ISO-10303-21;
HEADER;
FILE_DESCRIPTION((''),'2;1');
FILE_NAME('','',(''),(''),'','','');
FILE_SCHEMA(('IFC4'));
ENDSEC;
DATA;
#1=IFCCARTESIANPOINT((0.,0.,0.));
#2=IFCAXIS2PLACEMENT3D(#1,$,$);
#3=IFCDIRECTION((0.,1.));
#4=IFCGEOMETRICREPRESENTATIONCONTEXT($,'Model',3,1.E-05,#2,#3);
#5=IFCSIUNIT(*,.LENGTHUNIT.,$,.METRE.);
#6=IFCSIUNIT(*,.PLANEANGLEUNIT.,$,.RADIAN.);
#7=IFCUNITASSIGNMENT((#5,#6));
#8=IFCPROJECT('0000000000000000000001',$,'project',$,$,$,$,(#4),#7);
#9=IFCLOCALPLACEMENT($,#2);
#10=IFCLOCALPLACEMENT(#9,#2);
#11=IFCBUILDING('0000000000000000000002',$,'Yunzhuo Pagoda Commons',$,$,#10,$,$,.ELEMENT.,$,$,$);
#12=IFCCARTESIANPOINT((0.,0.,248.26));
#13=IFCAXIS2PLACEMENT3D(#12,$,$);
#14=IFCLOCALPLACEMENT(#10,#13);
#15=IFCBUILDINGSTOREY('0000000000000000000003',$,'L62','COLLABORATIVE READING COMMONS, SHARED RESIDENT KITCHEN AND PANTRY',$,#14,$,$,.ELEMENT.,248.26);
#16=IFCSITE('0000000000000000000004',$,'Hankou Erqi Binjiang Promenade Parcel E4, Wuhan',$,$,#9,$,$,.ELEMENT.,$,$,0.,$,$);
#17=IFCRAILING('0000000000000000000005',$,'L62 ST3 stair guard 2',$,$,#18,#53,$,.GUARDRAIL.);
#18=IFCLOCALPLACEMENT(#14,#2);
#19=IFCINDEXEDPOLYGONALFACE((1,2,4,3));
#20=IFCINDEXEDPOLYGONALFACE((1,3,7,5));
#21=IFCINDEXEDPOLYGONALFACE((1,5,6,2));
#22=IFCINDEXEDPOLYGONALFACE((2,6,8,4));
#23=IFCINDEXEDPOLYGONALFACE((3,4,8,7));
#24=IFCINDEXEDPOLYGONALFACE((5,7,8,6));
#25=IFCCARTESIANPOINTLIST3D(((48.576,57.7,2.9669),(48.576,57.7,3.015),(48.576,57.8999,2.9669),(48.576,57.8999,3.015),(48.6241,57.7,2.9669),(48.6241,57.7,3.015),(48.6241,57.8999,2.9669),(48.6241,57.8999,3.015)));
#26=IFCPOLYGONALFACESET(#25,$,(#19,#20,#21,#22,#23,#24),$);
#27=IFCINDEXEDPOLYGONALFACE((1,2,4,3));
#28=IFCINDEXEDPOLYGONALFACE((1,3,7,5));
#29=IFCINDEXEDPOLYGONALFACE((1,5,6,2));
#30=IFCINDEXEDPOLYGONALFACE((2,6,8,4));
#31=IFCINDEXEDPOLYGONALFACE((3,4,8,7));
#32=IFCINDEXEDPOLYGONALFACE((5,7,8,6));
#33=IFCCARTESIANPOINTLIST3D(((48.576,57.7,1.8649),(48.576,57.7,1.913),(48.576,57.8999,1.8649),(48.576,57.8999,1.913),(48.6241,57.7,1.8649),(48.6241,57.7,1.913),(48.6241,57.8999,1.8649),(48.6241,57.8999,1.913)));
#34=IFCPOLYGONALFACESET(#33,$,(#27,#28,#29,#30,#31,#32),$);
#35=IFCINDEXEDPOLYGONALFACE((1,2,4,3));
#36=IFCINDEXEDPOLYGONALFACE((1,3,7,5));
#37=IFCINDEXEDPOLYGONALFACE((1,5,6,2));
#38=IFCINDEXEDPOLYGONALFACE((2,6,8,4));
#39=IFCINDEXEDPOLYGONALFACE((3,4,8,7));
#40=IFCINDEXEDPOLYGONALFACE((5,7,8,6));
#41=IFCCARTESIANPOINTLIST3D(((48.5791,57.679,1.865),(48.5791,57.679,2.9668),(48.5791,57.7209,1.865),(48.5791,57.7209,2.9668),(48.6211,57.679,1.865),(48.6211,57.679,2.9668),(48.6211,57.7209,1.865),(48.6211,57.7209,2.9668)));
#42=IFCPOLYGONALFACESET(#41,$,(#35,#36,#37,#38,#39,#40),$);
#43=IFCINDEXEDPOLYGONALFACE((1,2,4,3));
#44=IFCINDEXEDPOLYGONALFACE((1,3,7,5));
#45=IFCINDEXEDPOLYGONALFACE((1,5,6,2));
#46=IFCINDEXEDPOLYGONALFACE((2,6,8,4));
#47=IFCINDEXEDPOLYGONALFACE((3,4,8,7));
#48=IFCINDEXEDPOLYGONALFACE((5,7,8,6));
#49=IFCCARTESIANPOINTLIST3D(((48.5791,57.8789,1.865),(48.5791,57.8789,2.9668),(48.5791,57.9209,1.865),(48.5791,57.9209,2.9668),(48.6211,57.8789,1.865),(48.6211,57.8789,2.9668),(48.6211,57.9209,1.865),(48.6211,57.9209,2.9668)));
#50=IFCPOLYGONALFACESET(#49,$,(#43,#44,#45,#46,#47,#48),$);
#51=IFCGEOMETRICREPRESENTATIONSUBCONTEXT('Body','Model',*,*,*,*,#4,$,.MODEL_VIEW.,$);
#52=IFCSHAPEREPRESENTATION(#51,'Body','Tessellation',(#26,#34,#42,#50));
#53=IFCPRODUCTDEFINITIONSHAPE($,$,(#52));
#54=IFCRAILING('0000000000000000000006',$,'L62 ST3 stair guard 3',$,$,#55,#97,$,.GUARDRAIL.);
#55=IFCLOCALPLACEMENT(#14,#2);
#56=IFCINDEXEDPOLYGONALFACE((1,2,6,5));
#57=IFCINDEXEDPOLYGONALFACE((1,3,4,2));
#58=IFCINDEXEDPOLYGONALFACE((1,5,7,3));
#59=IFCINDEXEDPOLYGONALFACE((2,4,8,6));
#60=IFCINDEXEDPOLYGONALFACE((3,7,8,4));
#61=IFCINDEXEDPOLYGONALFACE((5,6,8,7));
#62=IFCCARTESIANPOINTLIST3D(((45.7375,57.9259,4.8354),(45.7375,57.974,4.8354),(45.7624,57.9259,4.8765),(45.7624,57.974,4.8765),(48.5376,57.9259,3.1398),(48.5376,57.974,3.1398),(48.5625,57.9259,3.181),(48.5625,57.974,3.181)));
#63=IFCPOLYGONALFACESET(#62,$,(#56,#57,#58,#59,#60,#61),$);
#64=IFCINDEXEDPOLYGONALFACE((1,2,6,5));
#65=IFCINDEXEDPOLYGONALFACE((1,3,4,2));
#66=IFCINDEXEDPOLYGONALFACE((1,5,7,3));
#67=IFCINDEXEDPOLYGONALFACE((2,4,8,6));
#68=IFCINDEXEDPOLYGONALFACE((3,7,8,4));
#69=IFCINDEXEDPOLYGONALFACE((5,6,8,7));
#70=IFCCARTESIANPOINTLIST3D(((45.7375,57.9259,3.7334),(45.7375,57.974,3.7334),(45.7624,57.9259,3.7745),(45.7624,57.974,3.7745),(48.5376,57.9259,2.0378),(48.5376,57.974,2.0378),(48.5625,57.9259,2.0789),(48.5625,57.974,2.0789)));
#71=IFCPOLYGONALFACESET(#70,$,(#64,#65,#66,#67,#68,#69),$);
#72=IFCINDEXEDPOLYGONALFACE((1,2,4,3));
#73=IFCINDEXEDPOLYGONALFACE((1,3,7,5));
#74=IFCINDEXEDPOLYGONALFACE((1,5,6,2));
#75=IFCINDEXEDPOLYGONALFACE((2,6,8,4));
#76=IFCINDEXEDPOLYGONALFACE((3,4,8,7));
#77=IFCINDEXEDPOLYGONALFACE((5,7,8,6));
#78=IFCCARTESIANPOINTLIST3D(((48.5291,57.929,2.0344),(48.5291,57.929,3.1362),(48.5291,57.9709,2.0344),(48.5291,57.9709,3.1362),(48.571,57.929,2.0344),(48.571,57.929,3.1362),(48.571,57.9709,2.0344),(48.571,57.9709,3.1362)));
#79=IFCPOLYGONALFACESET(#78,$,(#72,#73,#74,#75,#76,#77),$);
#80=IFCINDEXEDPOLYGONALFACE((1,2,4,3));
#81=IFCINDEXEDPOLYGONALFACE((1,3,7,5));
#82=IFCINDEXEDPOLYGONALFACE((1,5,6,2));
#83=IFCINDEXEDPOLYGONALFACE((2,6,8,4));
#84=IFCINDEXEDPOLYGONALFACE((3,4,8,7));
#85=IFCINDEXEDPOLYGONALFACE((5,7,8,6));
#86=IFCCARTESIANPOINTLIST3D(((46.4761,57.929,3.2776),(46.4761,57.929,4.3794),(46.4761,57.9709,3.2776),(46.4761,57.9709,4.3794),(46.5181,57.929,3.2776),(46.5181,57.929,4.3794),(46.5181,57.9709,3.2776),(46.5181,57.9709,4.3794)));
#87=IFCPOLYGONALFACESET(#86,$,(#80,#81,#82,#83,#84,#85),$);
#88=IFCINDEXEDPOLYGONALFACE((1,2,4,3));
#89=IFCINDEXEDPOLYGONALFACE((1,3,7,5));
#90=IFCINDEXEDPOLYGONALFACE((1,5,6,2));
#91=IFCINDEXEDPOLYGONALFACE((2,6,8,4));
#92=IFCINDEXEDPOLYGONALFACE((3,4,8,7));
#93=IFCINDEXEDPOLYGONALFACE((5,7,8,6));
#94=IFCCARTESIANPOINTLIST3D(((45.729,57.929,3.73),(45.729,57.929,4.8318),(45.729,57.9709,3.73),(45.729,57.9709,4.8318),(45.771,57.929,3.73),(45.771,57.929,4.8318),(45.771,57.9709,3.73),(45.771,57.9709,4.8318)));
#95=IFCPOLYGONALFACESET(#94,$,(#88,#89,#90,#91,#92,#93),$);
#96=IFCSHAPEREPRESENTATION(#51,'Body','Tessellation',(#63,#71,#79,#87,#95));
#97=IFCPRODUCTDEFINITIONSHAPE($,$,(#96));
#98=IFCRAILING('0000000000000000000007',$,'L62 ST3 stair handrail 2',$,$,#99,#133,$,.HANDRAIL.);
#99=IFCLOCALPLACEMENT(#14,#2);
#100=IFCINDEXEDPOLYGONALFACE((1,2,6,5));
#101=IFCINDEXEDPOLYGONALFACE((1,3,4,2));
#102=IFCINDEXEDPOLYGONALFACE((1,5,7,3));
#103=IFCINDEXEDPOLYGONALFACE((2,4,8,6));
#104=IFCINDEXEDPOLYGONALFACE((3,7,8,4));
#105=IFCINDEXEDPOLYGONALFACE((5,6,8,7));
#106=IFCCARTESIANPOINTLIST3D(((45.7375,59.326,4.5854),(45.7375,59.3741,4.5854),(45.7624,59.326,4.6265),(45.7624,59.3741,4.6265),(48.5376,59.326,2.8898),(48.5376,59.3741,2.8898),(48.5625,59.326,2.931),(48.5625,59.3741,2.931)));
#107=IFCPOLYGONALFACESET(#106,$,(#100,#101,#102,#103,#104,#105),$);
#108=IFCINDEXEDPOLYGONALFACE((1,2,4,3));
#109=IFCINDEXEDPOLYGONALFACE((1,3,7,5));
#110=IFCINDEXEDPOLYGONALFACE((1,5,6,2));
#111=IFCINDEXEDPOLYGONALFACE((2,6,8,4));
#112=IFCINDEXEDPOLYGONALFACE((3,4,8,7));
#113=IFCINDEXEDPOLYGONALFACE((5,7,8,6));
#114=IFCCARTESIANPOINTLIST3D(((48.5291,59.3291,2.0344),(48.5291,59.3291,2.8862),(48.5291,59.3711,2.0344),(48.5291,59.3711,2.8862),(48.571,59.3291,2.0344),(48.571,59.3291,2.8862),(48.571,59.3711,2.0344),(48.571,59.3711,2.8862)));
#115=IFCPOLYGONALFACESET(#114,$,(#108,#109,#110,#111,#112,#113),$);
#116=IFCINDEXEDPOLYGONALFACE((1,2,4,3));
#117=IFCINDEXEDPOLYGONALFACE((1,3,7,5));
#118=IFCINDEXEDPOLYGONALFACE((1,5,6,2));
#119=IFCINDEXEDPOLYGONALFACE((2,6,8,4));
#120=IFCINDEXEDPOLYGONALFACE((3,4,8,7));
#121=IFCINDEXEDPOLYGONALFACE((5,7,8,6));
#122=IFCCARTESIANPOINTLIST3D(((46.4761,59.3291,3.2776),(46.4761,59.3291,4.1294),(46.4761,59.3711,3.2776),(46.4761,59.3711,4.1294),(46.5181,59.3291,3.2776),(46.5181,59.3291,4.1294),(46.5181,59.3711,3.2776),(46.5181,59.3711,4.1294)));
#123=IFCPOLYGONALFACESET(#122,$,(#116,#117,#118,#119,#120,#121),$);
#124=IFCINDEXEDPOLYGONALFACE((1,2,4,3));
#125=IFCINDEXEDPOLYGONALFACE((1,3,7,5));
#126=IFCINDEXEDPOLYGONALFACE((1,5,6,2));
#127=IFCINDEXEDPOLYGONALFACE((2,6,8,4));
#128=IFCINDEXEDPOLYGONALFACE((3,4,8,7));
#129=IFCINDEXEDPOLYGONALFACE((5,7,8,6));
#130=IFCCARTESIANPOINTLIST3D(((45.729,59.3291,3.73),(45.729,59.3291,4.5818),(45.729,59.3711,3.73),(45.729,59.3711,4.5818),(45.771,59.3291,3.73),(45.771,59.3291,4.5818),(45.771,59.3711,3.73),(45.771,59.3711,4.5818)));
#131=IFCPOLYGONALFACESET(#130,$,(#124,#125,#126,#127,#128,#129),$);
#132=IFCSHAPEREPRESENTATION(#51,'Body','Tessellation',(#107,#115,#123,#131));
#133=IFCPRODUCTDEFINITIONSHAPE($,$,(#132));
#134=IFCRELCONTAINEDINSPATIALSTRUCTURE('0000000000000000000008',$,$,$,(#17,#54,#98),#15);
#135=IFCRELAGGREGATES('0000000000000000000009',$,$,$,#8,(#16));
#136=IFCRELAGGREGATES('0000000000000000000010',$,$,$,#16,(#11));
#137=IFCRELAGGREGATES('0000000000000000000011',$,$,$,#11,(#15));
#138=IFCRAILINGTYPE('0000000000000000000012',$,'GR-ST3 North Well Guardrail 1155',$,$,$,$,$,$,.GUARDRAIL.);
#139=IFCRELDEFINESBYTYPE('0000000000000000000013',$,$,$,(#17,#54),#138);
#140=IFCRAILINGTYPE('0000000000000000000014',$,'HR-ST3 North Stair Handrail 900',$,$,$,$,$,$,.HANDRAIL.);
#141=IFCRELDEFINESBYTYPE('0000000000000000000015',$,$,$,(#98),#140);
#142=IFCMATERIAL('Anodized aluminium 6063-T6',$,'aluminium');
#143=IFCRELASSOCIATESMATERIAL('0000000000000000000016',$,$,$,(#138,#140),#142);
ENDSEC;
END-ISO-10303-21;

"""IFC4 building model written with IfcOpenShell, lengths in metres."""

from ifc_helpers import new_model, si_unit, direction, frame, origin, origin_2d, place, context, subcontext, project, spatial, rectangle, extrude, material, type_object, element, save


model = new_model("IFC4")

# Units and contexts
model_context = context("Model", 3, precision=1e-05, world=origin(), true_north=direction((0.0, 1.0)))
body_context = subcontext(model_context, "Body", "Model", "MODEL_VIEW")
ifc_project = project(units=[si_unit("LENGTHUNIT", "METRE"), si_unit("PLANEANGLEUNIT", "RADIAN")], contexts=[model_context])

# Site, building, storey
site_placement = place(None, origin())
site = spatial("IfcSite", under=ifc_project, at=site_placement, Name="Hankou Erqi Binjiang Promenade Parcel E4, Wuhan", CompositionType="ELEMENT", RefElevation=0.0)
building_placement = place(site_placement, origin())
building = spatial("IfcBuilding", under=site, at=building_placement, Name="Yunzhuo Pagoda Commons", CompositionType="ELEMENT")
storey_placement = place(building_placement, frame((0.0, 0.0, 248.26)))
storey = spatial("IfcBuildingStorey", under=building, at=storey_placement, Name="L62", Description="COLLABORATIVE READING COMMONS, SHARED RESIDENT KITCHEN AND PANTRY", CompositionType="ELEMENT", Elevation=248.26)

# Shared definitions
ifc_material_1 = material(Name="Anodized aluminium 6063-T6", Category="aluminium")

# Railings
railing_type_1 = type_object("IfcRailingType", Name="GR-ST3 North Well Guardrail 1155", PredefinedType="GUARDRAIL", material=ifc_material_1)
railing_1_placement = place(storey_placement, frame((48.6001, 57.7, 1.865)))
element("IfcRailing", 1, at=railing_1_placement, inside=storey, type_object=railing_type_1, Name="L62 ST3 stair guard 2", PredefinedType="GUARDRAIL", context=body_context, shape_type="SweptSolid", body=[
    extrude(rectangle(XDim=0.0481, YDim=0.0481, at=origin_2d()), frame((0.0, 0.0, 1.126), z_axis=(0.0, 1.0, 0.0), x_axis=(-1.0, 0.0, 0.0)), (0.0, 0.0, 1.0), 0.2),
    extrude(rectangle(XDim=0.0481, YDim=0.0481, at=origin_2d()), frame((0.0, 0.0, 0.0239), z_axis=(0.0, 1.0, 0.0), x_axis=(-1.0, 0.0, 0.0)), (0.0, 0.0, 1.0), 0.2),
    extrude(rectangle(XDim=0.042, YDim=0.042, at=origin_2d()), origin(), (0.0, 0.0, 1.0), 1.1018),
    extrude(rectangle(XDim=0.042, YDim=0.042, at=origin_2d()), frame((0.0, 0.2, 0.0)), (0.0, 0.0, 1.0), 1.1018),
])
railing_2_placement = place(storey_placement, frame((48.55, 57.95, 2.0344)))
element("IfcRailing", 2, at=railing_2_placement, inside=storey, type_object=railing_type_1, Name="L62 ST3 stair guard 3", PredefinedType="GUARDRAIL", context=body_context, shape_type="SweptSolid", body=[
    extrude(rectangle(XDim=0.0481, YDim=0.0481, at=origin_2d()), frame((0.0, 0.0, 1.126), z_axis=(-0.855393, 0.0, 0.517979), x_axis=(0.0, -1.0, 0.0)), (0.0, 0.0, 1.0), 3.2734),
    extrude(rectangle(XDim=0.0481, YDim=0.0481, at=origin_2d()), frame((0.0, 0.0, 0.0239), z_axis=(-0.855393, 0.0, 0.517979), x_axis=(0.0, -1.0, 0.0)), (0.0, 0.0, 1.0), 3.2734),
    extrude(rectangle(XDim=0.042, YDim=0.042, at=origin_2d()), origin(), (0.0, 0.0, 1.0), 1.1018),
    extrude(rectangle(XDim=0.042, YDim=0.042, at=origin_2d()), frame((-2.053, 0.0, 1.2432)), (0.0, 0.0, 1.0), 1.1018),
    extrude(rectangle(XDim=0.042, YDim=0.042, at=origin_2d()), frame((-2.8, 0.0, 1.6956)), (0.0, 0.0, 1.0), 1.1018),
])
railing_type_2 = type_object("IfcRailingType", Name="HR-ST3 North Stair Handrail 900", PredefinedType="HANDRAIL", material=ifc_material_1)
railing_3_placement = place(storey_placement, frame((48.55, 59.3501, 2.0344)))
element("IfcRailing", 3, at=railing_3_placement, inside=storey, type_object=railing_type_2, Name="L62 ST3 stair handrail 2", PredefinedType="HANDRAIL", context=body_context, shape_type="SweptSolid", body=[
    extrude(rectangle(XDim=0.0481, YDim=0.0481, at=origin_2d()), frame((0.0, 0.0, 0.876), z_axis=(-0.855393, 0.0, 0.517979), x_axis=(0.0, -1.0, 0.0)), (0.0, 0.0, 1.0), 3.2734),
    extrude(rectangle(XDim=0.042, YDim=0.042, at=origin_2d()), origin(), (0.0, 0.0, 1.0), 0.8518),
    extrude(rectangle(XDim=0.042, YDim=0.042, at=origin_2d()), frame((-2.053, 0.0, 1.2432)), (0.0, 0.0, 1.0), 0.8518),
    extrude(rectangle(XDim=0.042, YDim=0.042, at=origin_2d()), frame((-2.8, 0.0, 1.6956)), (0.0, 0.0, 1.0), 0.8518),
])

save(model, "model.ifc")
